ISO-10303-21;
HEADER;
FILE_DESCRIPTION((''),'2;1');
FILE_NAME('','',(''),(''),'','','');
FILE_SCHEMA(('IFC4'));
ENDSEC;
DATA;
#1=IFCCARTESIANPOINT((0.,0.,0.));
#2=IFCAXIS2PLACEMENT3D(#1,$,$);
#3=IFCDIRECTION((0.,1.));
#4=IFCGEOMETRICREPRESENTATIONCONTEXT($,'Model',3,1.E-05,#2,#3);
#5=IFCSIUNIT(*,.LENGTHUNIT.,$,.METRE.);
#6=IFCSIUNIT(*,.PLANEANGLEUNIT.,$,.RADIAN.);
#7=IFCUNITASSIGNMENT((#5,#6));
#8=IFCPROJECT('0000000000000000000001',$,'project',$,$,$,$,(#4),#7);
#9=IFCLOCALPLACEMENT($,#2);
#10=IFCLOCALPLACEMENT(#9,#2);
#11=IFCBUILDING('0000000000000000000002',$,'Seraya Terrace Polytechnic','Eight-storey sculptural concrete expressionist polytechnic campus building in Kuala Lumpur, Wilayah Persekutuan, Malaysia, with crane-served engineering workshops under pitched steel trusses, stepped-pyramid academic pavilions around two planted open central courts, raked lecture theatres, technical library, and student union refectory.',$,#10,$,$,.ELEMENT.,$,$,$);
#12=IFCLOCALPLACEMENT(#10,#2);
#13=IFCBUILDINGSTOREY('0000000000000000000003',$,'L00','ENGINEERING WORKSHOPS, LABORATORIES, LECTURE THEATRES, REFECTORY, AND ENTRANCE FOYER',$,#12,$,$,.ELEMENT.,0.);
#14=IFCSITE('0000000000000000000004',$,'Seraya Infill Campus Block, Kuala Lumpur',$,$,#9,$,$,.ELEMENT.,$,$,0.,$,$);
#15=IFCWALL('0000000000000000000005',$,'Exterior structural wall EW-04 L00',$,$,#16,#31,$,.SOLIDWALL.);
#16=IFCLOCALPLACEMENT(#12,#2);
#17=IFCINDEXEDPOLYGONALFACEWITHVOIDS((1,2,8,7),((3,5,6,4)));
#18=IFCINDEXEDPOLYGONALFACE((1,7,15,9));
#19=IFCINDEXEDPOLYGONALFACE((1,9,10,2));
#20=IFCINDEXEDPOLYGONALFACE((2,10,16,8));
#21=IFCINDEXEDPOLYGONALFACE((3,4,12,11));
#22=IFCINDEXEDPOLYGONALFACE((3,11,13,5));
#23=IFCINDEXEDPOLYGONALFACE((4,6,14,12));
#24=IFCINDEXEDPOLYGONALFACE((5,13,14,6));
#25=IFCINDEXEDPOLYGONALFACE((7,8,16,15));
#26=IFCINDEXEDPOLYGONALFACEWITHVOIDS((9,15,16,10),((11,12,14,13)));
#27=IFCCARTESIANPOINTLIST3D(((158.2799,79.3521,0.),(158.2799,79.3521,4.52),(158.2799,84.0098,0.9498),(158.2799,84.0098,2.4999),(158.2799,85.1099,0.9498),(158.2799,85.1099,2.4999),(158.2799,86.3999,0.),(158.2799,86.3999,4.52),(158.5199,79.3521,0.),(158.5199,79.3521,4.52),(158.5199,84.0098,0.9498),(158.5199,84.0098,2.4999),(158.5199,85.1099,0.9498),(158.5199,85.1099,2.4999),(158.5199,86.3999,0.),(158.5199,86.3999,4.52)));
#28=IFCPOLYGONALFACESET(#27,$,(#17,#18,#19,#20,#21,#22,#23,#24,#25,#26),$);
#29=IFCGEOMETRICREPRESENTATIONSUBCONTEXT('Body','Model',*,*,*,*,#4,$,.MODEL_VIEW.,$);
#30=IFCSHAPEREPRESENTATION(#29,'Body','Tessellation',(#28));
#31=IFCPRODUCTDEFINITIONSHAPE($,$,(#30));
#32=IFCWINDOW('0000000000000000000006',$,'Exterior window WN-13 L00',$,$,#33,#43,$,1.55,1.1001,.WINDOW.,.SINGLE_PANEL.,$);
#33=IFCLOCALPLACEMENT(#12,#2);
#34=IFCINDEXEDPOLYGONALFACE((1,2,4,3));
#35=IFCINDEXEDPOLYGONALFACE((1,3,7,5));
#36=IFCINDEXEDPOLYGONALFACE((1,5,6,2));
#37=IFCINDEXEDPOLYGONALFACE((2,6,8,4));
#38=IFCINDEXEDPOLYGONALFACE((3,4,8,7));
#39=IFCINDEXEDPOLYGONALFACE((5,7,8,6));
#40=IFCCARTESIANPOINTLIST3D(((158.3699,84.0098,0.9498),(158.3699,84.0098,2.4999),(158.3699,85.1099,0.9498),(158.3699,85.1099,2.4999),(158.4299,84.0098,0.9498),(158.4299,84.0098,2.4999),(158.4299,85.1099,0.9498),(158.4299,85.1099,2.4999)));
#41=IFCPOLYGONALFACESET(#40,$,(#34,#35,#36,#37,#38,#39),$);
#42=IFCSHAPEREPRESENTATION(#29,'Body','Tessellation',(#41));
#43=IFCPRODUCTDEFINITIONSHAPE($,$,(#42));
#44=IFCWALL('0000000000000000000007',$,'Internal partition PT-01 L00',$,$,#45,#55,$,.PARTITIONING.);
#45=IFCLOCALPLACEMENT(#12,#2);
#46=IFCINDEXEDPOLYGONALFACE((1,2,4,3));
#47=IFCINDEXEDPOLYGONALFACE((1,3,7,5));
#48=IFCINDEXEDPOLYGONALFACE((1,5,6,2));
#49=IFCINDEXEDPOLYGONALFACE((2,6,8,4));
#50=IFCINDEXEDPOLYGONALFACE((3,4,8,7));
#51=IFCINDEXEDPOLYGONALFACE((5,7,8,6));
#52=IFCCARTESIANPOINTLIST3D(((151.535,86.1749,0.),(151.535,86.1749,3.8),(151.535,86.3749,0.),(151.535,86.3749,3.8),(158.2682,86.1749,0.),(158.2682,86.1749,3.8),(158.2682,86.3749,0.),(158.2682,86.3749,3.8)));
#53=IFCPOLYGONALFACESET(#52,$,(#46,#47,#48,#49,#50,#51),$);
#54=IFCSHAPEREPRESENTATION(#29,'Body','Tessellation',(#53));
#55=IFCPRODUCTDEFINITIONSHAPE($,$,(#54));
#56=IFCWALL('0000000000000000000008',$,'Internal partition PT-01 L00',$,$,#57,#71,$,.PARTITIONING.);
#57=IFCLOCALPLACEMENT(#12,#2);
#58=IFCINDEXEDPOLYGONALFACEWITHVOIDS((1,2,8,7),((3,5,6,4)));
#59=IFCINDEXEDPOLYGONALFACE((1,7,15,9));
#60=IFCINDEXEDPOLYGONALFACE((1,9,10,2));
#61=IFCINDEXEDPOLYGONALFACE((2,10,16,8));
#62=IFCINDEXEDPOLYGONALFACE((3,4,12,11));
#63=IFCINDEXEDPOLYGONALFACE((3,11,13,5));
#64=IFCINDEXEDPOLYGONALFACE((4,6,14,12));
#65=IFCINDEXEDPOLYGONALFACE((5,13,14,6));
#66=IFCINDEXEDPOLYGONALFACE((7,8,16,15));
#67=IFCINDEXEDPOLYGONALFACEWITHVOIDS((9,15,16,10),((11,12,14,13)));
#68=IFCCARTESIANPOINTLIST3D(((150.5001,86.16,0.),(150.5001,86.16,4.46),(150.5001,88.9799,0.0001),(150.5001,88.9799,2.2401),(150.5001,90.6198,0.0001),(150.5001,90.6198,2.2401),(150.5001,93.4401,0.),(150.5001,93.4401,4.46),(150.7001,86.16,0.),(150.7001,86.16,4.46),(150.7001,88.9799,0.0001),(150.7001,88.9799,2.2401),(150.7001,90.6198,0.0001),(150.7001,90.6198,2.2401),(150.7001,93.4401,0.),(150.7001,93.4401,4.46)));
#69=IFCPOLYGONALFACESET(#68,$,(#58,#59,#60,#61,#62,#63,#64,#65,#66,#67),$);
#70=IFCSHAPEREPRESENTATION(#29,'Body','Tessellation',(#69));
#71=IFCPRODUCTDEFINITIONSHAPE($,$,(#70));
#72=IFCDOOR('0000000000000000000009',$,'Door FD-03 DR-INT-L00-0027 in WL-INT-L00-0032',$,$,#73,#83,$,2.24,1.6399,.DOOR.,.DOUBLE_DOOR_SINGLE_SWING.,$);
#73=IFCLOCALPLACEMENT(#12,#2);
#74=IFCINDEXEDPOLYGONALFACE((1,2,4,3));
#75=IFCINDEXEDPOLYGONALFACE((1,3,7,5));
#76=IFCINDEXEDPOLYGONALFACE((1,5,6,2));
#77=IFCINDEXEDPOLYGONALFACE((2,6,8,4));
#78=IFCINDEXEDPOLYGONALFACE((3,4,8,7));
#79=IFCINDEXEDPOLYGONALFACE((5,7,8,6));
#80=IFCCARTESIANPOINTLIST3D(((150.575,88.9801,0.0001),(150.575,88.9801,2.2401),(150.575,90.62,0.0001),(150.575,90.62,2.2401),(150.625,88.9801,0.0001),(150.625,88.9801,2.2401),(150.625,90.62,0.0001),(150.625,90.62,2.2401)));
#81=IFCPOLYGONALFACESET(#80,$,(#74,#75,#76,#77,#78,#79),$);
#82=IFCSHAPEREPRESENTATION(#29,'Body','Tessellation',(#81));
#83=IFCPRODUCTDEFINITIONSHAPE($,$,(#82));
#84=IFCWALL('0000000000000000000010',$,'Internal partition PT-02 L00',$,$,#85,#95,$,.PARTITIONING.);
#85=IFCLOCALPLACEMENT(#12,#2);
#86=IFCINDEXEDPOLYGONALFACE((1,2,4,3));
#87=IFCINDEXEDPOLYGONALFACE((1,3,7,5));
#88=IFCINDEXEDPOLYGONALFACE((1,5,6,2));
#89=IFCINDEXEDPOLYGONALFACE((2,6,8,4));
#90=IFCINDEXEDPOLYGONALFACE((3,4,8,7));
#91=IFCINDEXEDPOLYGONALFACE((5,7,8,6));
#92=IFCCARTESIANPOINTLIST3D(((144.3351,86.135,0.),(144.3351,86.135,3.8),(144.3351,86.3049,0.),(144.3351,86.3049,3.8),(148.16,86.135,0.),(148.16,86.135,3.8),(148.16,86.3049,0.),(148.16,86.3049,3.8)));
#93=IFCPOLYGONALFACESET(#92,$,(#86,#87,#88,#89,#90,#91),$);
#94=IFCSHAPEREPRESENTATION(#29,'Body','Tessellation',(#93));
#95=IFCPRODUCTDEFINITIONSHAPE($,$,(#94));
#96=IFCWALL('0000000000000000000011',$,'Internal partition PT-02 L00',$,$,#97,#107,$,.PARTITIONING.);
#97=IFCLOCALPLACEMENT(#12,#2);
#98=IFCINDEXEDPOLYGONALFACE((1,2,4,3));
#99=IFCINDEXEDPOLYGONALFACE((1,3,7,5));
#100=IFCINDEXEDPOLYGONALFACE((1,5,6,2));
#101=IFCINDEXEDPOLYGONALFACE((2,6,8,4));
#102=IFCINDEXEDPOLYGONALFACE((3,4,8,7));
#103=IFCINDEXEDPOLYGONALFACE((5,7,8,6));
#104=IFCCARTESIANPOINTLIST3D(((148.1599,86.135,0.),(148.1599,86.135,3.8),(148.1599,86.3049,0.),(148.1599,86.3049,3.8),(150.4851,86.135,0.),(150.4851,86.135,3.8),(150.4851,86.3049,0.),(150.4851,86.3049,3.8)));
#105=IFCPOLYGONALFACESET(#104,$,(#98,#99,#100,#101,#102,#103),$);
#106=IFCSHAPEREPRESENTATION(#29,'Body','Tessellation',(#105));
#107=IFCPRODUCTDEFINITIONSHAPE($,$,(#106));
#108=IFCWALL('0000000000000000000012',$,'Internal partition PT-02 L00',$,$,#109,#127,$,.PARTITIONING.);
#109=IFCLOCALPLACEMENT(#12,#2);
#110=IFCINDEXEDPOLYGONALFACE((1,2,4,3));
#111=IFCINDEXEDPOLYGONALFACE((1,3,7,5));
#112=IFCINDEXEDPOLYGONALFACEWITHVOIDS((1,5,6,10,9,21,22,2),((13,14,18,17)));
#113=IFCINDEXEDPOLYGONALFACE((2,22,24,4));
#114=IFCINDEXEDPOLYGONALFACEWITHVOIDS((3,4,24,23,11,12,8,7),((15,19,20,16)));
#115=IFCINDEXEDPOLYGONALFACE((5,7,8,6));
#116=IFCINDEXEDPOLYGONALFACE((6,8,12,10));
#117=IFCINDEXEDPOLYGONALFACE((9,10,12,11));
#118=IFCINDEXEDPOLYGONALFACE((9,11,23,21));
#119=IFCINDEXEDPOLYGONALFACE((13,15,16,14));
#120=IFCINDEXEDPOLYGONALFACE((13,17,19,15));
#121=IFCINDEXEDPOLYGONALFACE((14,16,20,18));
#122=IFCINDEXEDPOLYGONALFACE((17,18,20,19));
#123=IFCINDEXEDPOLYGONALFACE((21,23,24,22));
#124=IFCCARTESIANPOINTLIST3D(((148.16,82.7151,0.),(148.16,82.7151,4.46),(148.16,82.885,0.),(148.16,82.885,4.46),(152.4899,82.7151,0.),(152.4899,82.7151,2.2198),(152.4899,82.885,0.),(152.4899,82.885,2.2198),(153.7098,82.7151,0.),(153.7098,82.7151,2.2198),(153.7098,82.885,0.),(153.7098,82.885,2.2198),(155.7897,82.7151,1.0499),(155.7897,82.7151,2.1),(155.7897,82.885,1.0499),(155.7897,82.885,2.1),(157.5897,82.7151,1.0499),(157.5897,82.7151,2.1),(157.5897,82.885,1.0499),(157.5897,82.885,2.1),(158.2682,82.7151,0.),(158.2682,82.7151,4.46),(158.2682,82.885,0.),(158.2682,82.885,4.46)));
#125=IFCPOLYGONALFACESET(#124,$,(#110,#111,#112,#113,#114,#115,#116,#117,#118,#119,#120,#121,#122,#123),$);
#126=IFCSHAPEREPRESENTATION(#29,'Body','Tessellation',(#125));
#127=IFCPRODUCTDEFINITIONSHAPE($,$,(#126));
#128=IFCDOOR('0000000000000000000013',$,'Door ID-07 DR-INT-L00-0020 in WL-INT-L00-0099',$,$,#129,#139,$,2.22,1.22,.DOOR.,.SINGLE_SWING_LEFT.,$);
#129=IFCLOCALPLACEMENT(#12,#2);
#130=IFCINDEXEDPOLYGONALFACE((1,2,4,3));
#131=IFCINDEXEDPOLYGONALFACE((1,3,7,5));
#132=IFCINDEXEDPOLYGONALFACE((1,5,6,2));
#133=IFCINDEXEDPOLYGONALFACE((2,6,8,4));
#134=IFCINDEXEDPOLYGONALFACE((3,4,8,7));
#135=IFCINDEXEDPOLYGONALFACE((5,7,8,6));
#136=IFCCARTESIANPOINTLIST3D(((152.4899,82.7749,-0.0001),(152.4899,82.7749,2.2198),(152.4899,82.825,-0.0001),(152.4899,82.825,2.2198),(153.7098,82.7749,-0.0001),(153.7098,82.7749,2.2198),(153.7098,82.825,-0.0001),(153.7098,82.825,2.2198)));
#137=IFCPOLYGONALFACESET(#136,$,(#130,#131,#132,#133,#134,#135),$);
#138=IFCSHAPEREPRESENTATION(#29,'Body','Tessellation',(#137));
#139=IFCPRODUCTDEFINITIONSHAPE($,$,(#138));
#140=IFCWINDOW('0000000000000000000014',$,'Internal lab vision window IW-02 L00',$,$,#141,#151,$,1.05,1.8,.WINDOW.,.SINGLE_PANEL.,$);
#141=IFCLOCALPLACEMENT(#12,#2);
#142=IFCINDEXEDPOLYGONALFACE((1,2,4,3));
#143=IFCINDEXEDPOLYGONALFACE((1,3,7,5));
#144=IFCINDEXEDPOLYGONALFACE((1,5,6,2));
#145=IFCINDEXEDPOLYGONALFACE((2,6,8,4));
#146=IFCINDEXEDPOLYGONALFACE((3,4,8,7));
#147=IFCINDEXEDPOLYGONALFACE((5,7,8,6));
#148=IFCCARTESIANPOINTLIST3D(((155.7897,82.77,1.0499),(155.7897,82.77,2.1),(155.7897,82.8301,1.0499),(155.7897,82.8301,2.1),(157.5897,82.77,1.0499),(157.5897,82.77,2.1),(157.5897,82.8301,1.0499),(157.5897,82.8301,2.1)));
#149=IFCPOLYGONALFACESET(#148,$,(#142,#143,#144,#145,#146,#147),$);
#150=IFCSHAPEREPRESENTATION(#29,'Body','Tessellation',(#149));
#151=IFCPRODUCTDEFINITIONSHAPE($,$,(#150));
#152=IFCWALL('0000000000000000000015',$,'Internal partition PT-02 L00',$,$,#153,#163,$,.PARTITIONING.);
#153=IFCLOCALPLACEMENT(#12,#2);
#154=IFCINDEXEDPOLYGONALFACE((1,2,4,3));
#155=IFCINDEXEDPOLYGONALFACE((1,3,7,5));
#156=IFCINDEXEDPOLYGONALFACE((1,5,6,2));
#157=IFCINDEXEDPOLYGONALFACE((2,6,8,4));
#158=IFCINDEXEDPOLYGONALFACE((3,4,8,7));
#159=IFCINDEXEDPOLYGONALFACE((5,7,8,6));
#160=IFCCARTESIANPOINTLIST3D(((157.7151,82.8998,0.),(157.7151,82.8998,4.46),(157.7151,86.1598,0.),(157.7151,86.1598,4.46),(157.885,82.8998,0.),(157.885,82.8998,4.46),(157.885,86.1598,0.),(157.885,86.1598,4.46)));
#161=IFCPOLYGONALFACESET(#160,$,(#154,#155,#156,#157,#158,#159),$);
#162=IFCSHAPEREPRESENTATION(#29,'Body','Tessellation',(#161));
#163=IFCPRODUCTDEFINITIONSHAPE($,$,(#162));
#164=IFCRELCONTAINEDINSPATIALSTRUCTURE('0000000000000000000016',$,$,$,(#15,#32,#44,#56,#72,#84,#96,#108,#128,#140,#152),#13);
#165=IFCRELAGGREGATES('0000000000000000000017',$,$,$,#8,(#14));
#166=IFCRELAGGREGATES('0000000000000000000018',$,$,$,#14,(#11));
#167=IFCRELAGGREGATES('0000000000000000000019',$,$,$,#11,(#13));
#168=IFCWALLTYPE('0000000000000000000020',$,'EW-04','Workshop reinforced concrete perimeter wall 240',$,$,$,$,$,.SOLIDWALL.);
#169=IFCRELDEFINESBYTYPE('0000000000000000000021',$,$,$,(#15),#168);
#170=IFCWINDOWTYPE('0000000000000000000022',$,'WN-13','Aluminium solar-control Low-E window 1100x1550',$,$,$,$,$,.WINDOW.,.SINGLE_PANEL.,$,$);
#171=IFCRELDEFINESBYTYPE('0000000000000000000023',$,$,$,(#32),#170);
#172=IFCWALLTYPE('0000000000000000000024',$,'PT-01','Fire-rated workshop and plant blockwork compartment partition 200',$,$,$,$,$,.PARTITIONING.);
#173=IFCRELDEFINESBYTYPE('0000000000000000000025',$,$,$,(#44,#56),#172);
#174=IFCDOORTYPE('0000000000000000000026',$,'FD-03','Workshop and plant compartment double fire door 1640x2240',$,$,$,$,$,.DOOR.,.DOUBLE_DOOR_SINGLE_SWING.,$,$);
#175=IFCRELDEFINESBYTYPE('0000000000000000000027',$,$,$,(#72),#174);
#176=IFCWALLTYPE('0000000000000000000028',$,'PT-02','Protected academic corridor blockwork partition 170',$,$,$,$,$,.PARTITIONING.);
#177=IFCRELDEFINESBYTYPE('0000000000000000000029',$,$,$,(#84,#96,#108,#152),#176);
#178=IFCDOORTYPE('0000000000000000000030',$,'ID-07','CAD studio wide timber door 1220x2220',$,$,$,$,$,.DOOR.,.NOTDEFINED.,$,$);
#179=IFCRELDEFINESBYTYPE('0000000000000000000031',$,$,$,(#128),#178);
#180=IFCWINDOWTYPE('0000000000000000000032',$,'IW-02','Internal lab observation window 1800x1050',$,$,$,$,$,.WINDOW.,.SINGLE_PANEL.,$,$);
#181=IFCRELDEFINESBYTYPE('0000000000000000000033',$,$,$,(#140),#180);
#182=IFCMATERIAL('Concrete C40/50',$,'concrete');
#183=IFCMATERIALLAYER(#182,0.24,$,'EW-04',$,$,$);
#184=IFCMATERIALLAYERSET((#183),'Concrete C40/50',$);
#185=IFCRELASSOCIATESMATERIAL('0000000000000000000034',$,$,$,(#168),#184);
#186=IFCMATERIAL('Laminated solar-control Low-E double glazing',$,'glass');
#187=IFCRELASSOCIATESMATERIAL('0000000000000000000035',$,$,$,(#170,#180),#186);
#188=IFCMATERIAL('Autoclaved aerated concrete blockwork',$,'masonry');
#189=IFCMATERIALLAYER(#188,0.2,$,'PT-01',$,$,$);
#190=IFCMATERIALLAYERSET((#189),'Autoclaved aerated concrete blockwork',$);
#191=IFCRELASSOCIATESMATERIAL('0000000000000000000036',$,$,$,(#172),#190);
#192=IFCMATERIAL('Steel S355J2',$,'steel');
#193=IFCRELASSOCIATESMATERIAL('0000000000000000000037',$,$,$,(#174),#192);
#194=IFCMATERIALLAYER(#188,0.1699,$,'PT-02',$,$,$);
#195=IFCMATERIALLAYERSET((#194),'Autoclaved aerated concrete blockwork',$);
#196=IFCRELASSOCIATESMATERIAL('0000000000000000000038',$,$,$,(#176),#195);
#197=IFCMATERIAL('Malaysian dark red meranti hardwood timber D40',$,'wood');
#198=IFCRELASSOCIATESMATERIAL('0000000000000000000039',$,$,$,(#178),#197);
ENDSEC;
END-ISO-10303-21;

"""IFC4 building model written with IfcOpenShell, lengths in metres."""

from ifc_helpers import new_model, si_unit, direction, frame, frame_2d, origin, place, context, subcontext, project, spatial, rectangle, extrude, material, layer, layer_set, type_object, element, fill, save


model = new_model("IFC4")

# Units and contexts
model_context = context("Model", 3, precision=1e-05, world=origin(), true_north=direction((0.0, 1.0)))
body_context = subcontext(model_context, "Body", "Model", "MODEL_VIEW")
ifc_project = project(units=[si_unit("LENGTHUNIT", "METRE"), si_unit("PLANEANGLEUNIT", "RADIAN")], contexts=[model_context])

# Site, building, storey
site_placement = place(None, origin())
site = spatial("IfcSite", under=ifc_project, at=site_placement, Name="Seraya Infill Campus Block, Kuala Lumpur", CompositionType="ELEMENT", RefElevation=0.0)
building_placement = place(site_placement, origin())
building = spatial("IfcBuilding", under=site, at=building_placement, Name="Seraya Terrace Polytechnic", Description="Eight-storey sculptural concrete expressionist polytechnic campus building in Kuala Lumpur, Wilayah Persekutuan, Malaysia, with crane-served engineering workshops under pitched steel trusses, stepped-pyramid academic pavilions around two planted open central courts, raked lecture theatres, technical library, and student union refectory.", CompositionType="ELEMENT")
storey_placement = place(building_placement, origin())
storey = spatial("IfcBuildingStorey", under=building, at=storey_placement, Name="L00", Description="ENGINEERING WORKSHOPS, LABORATORIES, LECTURE THEATRES, REFECTORY, AND ENTRANCE FOYER", CompositionType="ELEMENT", Elevation=0.0)

# Shared definitions
ifc_material_1 = material(Name="Concrete C40/50", Category="concrete")

# Wall, opening, window
ifc_layer_1 = layer(ifc_material_1, 0.24, Name="EW-04")
ifc_layer_set_1 = layer_set([ifc_layer_1], Name="Concrete C40/50")
wall_type_1 = type_object("IfcWallType", Name="EW-04", Description="Workshop reinforced concrete perimeter wall 240", PredefinedType="SOLIDWALL", material=ifc_layer_set_1)
wall_1_placement = place(storey_placement, frame((158.3999, 86.3999, 0.0), z_axis=(0.0, 0.0, 1.0), x_axis=(0.0, -1.0, 0.0)))
wall_1 = element("IfcWall", 1, at=wall_1_placement, inside=storey, type_object=wall_type_1, Name="Exterior structural wall EW-04 L00", PredefinedType="SOLIDWALL", context=body_context, shape_type="SweptSolid", body=[
    extrude(rectangle(XDim=7.0479, YDim=0.24, at=frame_2d((3.5239, 0.0))), origin(), (0.0, 0.0, 1.0), 4.52),
])
opening_1_placement = place(wall_1_placement, frame((1.29, 0.0, 0.95)))
opening_1 = element("IfcOpeningElement", 2, at=opening_1_placement, cuts=wall_1, PredefinedType="OPENING", context=body_context, shape_type="SweptSolid", body=[
    extrude(rectangle(XDim=1.1001, YDim=1.55, at=frame_2d((0.55, 0.7749))), frame((0.0, 0.1318, 0.0), z_axis=(0.0, -1.0, 0.0), x_axis=(1.0, 0.0, 0.0)), (0.0, 0.0, 1.0), 0.2639),
])
ifc_material_2 = material(Name="Laminated solar-control Low-E double glazing", Category="glass")
window_type_1 = type_object("IfcWindowType", Name="WN-13", Description="Aluminium solar-control Low-E window 1100x1550", PartitioningType="SINGLE_PANEL", PredefinedType="WINDOW", material=ifc_material_2)
window_1_placement = place(opening_1_placement, origin())
window_1 = element("IfcWindow", 3, at=window_1_placement, inside=storey, type_object=window_type_1, Name="Exterior window WN-13 L00", OverallHeight=1.55, OverallWidth=1.1001, PartitioningType="SINGLE_PANEL", PredefinedType="WINDOW", context=body_context, shape_type="SweptSolid", body=[
    extrude(rectangle(XDim=1.1001, YDim=1.55, at=frame_2d((0.55, 0.7749))), frame((0.0, 0.03, 0.0), z_axis=(0.0, -1.0, 0.0), x_axis=(1.0, 0.0, 0.0)), (0.0, 0.0, 1.0), 0.0601),
])
fill(opening_1, window_1)

# Wall
ifc_material_3 = material(Name="Autoclaved aerated concrete blockwork", Category="masonry")
ifc_layer_2 = layer(ifc_material_3, 0.2, Name="PT-01")
ifc_layer_set_2 = layer_set([ifc_layer_2], Name="Autoclaved aerated concrete blockwork")
wall_type_2 = type_object("IfcWallType", Name="PT-01", Description="Fire-rated workshop and plant blockwork compartment partition 200", PredefinedType="PARTITIONING", material=ifc_layer_set_2)
wall_2_placement = place(storey_placement, frame((151.5349, 86.2749, 0.0), z_axis=(0.0, 0.0, 1.0), x_axis=(1.0, 0.0, 0.0)))
element("IfcWall", 4, at=wall_2_placement, inside=storey, type_object=wall_type_2, Name="Internal partition PT-01 L00", PredefinedType="PARTITIONING", context=body_context, shape_type="SweptSolid", body=[
    extrude(rectangle(XDim=6.7332, YDim=0.2, at=frame_2d((3.3667, 0.0))), origin(), (0.0, 0.0, 1.0), 3.8),
])

# Wall, opening, door
wall_3_placement = place(storey_placement, frame((150.6001, 86.1599, 0.0), z_axis=(0.0, 0.0, 1.0), x_axis=(0.0, 1.0, 0.0)))
wall_3 = element("IfcWall", 5, at=wall_3_placement, inside=storey, type_object=wall_type_2, Name="Internal partition PT-01 L00", PredefinedType="PARTITIONING", context=body_context, shape_type="SweptSolid", body=[
    extrude(rectangle(XDim=7.28, YDim=0.2, at=frame_2d((3.6401, 0.0))), origin(), (0.0, 0.0, 1.0), 4.46),
])
opening_2_placement = place(wall_3_placement, frame((2.8201, 0.0, 0.0)))
opening_2 = element("IfcOpeningElement", 6, at=opening_2_placement, cuts=wall_3, PredefinedType="OPENING", context=body_context, shape_type="SweptSolid", body=[
    extrude(rectangle(XDim=1.6399, YDim=2.24, at=frame_2d((0.8198, 1.1201))), frame((0.0, 0.1118, 0.0), z_axis=(0.0, -1.0, 0.0), x_axis=(1.0, 0.0, 0.0)), (0.0, 0.0, 1.0), 0.2239),
])
ifc_material_4 = material(Name="Steel S355J2", Category="steel")
door_type_1 = type_object("IfcDoorType", Name="FD-03", Description="Workshop and plant compartment double fire door 1640x2240", OperationType="DOUBLE_DOOR_SINGLE_SWING", PredefinedType="DOOR", material=ifc_material_4)
door_1_placement = place(opening_2_placement, frame((1.6399, 0.0, 0.0), z_axis=(0.0, 0.0, 1.0), x_axis=(-1.0, 0.0, 0.0)))
door_1 = element("IfcDoor", 7, at=door_1_placement, inside=storey, type_object=door_type_1, Name="Door FD-03 DR-INT-L00-0027 in WL-INT-L00-0032", OperationType="DOUBLE_DOOR_SINGLE_SWING", OverallHeight=2.24, OverallWidth=1.6399, PredefinedType="DOOR", context=body_context, shape_type="SweptSolid", body=[
    extrude(rectangle(XDim=1.6399, YDim=2.24, at=frame_2d((0.8198, 1.1201))), frame((0.0, 0.0249, 0.0), z_axis=(0.0, -1.0, 0.0), x_axis=(1.0, 0.0, 0.0)), (0.0, 0.0, 1.0), 0.05),
])
fill(opening_2, door_1)

# Walls
ifc_layer_3 = layer(ifc_material_3, 0.1699, Name="PT-02")
ifc_layer_set_3 = layer_set([ifc_layer_3], Name="Autoclaved aerated concrete blockwork")
wall_type_3 = type_object("IfcWallType", Name="PT-02", Description="Protected academic corridor blockwork partition 170", PredefinedType="PARTITIONING", material=ifc_layer_set_3)
wall_4_placement = place(storey_placement, frame((144.335, 86.22, 0.0), z_axis=(0.0, 0.0, 1.0), x_axis=(1.0, 0.0, 0.0)))
element("IfcWall", 8, at=wall_4_placement, inside=storey, type_object=wall_type_3, Name="Internal partition PT-02 L00", PredefinedType="PARTITIONING", context=body_context, shape_type="SweptSolid", body=[
    extrude(rectangle(XDim=3.825, YDim=0.1699, at=frame_2d((1.9126, 0.0))), origin(), (0.0, 0.0, 1.0), 3.8),
])
wall_5_placement = place(storey_placement, frame((148.1599, 86.22, 0.0), z_axis=(0.0, 0.0, 1.0), x_axis=(1.0, 0.0, 0.0)))
element("IfcWall", 9, at=wall_5_placement, inside=storey, type_object=wall_type_3, Name="Internal partition PT-02 L00", PredefinedType="PARTITIONING", context=body_context, shape_type="SweptSolid", body=[
    extrude(rectangle(XDim=2.3252, YDim=0.1699, at=frame_2d((1.1626, 0.0))), origin(), (0.0, 0.0, 1.0), 3.8),
])

# Wall, openings, door, window
wall_6_placement = place(storey_placement, frame((148.1599, 82.8, 0.0), z_axis=(0.0, 0.0, 1.0), x_axis=(1.0, 0.0, 0.0)))
wall_6 = element("IfcWall", 10, at=wall_6_placement, inside=storey, type_object=wall_type_3, Name="Internal partition PT-02 L00", PredefinedType="PARTITIONING", context=body_context, shape_type="SweptSolid", body=[
    extrude(rectangle(XDim=10.1082, YDim=0.1699, at=frame_2d((5.0542, 0.0))), origin(), (0.0, 0.0, 1.0), 4.46),
])
opening_3_placement = place(wall_6_placement, frame((4.3301, 0.0, 0.0)))
opening_3 = element("IfcOpeningElement", 11, at=opening_3_placement, cuts=wall_6, PredefinedType="OPENING", context=body_context, shape_type="SweptSolid", body=[
    extrude(rectangle(XDim=1.22, YDim=2.22, at=frame_2d((0.6099, 1.1099))), frame((0.0, 0.0969, 0.0), z_axis=(0.0, -1.0, 0.0), x_axis=(1.0, 0.0, 0.0)), (0.0, 0.0, 1.0), 0.1938),
])
opening_4_placement = place(wall_6_placement, frame((7.6299, 0.0, 1.05)))
opening_4 = element("IfcOpeningElement", 12, at=opening_4_placement, cuts=wall_6, PredefinedType="OPENING", context=body_context, shape_type="SweptSolid", body=[
    extrude(rectangle(XDim=1.8, YDim=1.05, at=frame_2d((0.8999, 0.5249))), frame((0.0, 0.0969, 0.0), z_axis=(0.0, -1.0, 0.0), x_axis=(1.0, 0.0, 0.0)), (0.0, 0.0, 1.0), 0.1938),
])
ifc_material_5 = material(Name="Malaysian dark red meranti hardwood timber D40", Category="wood")
door_type_2 = type_object("IfcDoorType", Name="ID-07", Description="CAD studio wide timber door 1220x2220", OperationType="NOTDEFINED", PredefinedType="DOOR", material=ifc_material_5)
door_2_placement = place(opening_3_placement, origin())
door_2 = element("IfcDoor", 13, at=door_2_placement, inside=storey, type_object=door_type_2, Name="Door ID-07 DR-INT-L00-0020 in WL-INT-L00-0099", OperationType="SINGLE_SWING_LEFT", OverallHeight=2.22, OverallWidth=1.22, PredefinedType="DOOR", context=body_context, shape_type="SweptSolid", body=[
    extrude(rectangle(XDim=1.22, YDim=2.22, at=frame_2d((0.6099, 1.1099))), frame((0.0, 0.0249, 0.0), z_axis=(0.0, -1.0, 0.0), x_axis=(1.0, 0.0, 0.0)), (0.0, 0.0, 1.0), 0.05),
])
fill(opening_3, door_2)
window_type_2 = type_object("IfcWindowType", Name="IW-02", Description="Internal lab observation window 1800x1050", PartitioningType="SINGLE_PANEL", PredefinedType="WINDOW", material=ifc_material_2)
window_2_placement = place(opening_4_placement, origin())
window_2 = element("IfcWindow", 14, at=window_2_placement, inside=storey, type_object=window_type_2, Name="Internal lab vision window IW-02 L00", OverallHeight=1.05, OverallWidth=1.8, PartitioningType="SINGLE_PANEL", PredefinedType="WINDOW", context=body_context, shape_type="SweptSolid", body=[
    extrude(rectangle(XDim=1.8, YDim=1.05, at=frame_2d((0.8999, 0.5249))), frame((0.0, 0.03, 0.0), z_axis=(0.0, -1.0, 0.0), x_axis=(1.0, 0.0, 0.0)), (0.0, 0.0, 1.0), 0.0601),
])
fill(opening_4, window_2)

# Wall
wall_7_placement = place(storey_placement, frame((157.8, 82.8999, 0.0), z_axis=(0.0, 0.0, 1.0), x_axis=(0.0, 1.0, 0.0)))
element("IfcWall", 15, at=wall_7_placement, inside=storey, type_object=wall_type_3, Name="Internal partition PT-02 L00", PredefinedType="PARTITIONING", context=body_context, shape_type="SweptSolid", body=[
    extrude(rectangle(XDim=3.26, YDim=0.1699, at=frame_2d((1.6299, 0.0))), origin(), (0.0, 0.0, 1.0), 4.46),
])

save(model, "model.ifc")
